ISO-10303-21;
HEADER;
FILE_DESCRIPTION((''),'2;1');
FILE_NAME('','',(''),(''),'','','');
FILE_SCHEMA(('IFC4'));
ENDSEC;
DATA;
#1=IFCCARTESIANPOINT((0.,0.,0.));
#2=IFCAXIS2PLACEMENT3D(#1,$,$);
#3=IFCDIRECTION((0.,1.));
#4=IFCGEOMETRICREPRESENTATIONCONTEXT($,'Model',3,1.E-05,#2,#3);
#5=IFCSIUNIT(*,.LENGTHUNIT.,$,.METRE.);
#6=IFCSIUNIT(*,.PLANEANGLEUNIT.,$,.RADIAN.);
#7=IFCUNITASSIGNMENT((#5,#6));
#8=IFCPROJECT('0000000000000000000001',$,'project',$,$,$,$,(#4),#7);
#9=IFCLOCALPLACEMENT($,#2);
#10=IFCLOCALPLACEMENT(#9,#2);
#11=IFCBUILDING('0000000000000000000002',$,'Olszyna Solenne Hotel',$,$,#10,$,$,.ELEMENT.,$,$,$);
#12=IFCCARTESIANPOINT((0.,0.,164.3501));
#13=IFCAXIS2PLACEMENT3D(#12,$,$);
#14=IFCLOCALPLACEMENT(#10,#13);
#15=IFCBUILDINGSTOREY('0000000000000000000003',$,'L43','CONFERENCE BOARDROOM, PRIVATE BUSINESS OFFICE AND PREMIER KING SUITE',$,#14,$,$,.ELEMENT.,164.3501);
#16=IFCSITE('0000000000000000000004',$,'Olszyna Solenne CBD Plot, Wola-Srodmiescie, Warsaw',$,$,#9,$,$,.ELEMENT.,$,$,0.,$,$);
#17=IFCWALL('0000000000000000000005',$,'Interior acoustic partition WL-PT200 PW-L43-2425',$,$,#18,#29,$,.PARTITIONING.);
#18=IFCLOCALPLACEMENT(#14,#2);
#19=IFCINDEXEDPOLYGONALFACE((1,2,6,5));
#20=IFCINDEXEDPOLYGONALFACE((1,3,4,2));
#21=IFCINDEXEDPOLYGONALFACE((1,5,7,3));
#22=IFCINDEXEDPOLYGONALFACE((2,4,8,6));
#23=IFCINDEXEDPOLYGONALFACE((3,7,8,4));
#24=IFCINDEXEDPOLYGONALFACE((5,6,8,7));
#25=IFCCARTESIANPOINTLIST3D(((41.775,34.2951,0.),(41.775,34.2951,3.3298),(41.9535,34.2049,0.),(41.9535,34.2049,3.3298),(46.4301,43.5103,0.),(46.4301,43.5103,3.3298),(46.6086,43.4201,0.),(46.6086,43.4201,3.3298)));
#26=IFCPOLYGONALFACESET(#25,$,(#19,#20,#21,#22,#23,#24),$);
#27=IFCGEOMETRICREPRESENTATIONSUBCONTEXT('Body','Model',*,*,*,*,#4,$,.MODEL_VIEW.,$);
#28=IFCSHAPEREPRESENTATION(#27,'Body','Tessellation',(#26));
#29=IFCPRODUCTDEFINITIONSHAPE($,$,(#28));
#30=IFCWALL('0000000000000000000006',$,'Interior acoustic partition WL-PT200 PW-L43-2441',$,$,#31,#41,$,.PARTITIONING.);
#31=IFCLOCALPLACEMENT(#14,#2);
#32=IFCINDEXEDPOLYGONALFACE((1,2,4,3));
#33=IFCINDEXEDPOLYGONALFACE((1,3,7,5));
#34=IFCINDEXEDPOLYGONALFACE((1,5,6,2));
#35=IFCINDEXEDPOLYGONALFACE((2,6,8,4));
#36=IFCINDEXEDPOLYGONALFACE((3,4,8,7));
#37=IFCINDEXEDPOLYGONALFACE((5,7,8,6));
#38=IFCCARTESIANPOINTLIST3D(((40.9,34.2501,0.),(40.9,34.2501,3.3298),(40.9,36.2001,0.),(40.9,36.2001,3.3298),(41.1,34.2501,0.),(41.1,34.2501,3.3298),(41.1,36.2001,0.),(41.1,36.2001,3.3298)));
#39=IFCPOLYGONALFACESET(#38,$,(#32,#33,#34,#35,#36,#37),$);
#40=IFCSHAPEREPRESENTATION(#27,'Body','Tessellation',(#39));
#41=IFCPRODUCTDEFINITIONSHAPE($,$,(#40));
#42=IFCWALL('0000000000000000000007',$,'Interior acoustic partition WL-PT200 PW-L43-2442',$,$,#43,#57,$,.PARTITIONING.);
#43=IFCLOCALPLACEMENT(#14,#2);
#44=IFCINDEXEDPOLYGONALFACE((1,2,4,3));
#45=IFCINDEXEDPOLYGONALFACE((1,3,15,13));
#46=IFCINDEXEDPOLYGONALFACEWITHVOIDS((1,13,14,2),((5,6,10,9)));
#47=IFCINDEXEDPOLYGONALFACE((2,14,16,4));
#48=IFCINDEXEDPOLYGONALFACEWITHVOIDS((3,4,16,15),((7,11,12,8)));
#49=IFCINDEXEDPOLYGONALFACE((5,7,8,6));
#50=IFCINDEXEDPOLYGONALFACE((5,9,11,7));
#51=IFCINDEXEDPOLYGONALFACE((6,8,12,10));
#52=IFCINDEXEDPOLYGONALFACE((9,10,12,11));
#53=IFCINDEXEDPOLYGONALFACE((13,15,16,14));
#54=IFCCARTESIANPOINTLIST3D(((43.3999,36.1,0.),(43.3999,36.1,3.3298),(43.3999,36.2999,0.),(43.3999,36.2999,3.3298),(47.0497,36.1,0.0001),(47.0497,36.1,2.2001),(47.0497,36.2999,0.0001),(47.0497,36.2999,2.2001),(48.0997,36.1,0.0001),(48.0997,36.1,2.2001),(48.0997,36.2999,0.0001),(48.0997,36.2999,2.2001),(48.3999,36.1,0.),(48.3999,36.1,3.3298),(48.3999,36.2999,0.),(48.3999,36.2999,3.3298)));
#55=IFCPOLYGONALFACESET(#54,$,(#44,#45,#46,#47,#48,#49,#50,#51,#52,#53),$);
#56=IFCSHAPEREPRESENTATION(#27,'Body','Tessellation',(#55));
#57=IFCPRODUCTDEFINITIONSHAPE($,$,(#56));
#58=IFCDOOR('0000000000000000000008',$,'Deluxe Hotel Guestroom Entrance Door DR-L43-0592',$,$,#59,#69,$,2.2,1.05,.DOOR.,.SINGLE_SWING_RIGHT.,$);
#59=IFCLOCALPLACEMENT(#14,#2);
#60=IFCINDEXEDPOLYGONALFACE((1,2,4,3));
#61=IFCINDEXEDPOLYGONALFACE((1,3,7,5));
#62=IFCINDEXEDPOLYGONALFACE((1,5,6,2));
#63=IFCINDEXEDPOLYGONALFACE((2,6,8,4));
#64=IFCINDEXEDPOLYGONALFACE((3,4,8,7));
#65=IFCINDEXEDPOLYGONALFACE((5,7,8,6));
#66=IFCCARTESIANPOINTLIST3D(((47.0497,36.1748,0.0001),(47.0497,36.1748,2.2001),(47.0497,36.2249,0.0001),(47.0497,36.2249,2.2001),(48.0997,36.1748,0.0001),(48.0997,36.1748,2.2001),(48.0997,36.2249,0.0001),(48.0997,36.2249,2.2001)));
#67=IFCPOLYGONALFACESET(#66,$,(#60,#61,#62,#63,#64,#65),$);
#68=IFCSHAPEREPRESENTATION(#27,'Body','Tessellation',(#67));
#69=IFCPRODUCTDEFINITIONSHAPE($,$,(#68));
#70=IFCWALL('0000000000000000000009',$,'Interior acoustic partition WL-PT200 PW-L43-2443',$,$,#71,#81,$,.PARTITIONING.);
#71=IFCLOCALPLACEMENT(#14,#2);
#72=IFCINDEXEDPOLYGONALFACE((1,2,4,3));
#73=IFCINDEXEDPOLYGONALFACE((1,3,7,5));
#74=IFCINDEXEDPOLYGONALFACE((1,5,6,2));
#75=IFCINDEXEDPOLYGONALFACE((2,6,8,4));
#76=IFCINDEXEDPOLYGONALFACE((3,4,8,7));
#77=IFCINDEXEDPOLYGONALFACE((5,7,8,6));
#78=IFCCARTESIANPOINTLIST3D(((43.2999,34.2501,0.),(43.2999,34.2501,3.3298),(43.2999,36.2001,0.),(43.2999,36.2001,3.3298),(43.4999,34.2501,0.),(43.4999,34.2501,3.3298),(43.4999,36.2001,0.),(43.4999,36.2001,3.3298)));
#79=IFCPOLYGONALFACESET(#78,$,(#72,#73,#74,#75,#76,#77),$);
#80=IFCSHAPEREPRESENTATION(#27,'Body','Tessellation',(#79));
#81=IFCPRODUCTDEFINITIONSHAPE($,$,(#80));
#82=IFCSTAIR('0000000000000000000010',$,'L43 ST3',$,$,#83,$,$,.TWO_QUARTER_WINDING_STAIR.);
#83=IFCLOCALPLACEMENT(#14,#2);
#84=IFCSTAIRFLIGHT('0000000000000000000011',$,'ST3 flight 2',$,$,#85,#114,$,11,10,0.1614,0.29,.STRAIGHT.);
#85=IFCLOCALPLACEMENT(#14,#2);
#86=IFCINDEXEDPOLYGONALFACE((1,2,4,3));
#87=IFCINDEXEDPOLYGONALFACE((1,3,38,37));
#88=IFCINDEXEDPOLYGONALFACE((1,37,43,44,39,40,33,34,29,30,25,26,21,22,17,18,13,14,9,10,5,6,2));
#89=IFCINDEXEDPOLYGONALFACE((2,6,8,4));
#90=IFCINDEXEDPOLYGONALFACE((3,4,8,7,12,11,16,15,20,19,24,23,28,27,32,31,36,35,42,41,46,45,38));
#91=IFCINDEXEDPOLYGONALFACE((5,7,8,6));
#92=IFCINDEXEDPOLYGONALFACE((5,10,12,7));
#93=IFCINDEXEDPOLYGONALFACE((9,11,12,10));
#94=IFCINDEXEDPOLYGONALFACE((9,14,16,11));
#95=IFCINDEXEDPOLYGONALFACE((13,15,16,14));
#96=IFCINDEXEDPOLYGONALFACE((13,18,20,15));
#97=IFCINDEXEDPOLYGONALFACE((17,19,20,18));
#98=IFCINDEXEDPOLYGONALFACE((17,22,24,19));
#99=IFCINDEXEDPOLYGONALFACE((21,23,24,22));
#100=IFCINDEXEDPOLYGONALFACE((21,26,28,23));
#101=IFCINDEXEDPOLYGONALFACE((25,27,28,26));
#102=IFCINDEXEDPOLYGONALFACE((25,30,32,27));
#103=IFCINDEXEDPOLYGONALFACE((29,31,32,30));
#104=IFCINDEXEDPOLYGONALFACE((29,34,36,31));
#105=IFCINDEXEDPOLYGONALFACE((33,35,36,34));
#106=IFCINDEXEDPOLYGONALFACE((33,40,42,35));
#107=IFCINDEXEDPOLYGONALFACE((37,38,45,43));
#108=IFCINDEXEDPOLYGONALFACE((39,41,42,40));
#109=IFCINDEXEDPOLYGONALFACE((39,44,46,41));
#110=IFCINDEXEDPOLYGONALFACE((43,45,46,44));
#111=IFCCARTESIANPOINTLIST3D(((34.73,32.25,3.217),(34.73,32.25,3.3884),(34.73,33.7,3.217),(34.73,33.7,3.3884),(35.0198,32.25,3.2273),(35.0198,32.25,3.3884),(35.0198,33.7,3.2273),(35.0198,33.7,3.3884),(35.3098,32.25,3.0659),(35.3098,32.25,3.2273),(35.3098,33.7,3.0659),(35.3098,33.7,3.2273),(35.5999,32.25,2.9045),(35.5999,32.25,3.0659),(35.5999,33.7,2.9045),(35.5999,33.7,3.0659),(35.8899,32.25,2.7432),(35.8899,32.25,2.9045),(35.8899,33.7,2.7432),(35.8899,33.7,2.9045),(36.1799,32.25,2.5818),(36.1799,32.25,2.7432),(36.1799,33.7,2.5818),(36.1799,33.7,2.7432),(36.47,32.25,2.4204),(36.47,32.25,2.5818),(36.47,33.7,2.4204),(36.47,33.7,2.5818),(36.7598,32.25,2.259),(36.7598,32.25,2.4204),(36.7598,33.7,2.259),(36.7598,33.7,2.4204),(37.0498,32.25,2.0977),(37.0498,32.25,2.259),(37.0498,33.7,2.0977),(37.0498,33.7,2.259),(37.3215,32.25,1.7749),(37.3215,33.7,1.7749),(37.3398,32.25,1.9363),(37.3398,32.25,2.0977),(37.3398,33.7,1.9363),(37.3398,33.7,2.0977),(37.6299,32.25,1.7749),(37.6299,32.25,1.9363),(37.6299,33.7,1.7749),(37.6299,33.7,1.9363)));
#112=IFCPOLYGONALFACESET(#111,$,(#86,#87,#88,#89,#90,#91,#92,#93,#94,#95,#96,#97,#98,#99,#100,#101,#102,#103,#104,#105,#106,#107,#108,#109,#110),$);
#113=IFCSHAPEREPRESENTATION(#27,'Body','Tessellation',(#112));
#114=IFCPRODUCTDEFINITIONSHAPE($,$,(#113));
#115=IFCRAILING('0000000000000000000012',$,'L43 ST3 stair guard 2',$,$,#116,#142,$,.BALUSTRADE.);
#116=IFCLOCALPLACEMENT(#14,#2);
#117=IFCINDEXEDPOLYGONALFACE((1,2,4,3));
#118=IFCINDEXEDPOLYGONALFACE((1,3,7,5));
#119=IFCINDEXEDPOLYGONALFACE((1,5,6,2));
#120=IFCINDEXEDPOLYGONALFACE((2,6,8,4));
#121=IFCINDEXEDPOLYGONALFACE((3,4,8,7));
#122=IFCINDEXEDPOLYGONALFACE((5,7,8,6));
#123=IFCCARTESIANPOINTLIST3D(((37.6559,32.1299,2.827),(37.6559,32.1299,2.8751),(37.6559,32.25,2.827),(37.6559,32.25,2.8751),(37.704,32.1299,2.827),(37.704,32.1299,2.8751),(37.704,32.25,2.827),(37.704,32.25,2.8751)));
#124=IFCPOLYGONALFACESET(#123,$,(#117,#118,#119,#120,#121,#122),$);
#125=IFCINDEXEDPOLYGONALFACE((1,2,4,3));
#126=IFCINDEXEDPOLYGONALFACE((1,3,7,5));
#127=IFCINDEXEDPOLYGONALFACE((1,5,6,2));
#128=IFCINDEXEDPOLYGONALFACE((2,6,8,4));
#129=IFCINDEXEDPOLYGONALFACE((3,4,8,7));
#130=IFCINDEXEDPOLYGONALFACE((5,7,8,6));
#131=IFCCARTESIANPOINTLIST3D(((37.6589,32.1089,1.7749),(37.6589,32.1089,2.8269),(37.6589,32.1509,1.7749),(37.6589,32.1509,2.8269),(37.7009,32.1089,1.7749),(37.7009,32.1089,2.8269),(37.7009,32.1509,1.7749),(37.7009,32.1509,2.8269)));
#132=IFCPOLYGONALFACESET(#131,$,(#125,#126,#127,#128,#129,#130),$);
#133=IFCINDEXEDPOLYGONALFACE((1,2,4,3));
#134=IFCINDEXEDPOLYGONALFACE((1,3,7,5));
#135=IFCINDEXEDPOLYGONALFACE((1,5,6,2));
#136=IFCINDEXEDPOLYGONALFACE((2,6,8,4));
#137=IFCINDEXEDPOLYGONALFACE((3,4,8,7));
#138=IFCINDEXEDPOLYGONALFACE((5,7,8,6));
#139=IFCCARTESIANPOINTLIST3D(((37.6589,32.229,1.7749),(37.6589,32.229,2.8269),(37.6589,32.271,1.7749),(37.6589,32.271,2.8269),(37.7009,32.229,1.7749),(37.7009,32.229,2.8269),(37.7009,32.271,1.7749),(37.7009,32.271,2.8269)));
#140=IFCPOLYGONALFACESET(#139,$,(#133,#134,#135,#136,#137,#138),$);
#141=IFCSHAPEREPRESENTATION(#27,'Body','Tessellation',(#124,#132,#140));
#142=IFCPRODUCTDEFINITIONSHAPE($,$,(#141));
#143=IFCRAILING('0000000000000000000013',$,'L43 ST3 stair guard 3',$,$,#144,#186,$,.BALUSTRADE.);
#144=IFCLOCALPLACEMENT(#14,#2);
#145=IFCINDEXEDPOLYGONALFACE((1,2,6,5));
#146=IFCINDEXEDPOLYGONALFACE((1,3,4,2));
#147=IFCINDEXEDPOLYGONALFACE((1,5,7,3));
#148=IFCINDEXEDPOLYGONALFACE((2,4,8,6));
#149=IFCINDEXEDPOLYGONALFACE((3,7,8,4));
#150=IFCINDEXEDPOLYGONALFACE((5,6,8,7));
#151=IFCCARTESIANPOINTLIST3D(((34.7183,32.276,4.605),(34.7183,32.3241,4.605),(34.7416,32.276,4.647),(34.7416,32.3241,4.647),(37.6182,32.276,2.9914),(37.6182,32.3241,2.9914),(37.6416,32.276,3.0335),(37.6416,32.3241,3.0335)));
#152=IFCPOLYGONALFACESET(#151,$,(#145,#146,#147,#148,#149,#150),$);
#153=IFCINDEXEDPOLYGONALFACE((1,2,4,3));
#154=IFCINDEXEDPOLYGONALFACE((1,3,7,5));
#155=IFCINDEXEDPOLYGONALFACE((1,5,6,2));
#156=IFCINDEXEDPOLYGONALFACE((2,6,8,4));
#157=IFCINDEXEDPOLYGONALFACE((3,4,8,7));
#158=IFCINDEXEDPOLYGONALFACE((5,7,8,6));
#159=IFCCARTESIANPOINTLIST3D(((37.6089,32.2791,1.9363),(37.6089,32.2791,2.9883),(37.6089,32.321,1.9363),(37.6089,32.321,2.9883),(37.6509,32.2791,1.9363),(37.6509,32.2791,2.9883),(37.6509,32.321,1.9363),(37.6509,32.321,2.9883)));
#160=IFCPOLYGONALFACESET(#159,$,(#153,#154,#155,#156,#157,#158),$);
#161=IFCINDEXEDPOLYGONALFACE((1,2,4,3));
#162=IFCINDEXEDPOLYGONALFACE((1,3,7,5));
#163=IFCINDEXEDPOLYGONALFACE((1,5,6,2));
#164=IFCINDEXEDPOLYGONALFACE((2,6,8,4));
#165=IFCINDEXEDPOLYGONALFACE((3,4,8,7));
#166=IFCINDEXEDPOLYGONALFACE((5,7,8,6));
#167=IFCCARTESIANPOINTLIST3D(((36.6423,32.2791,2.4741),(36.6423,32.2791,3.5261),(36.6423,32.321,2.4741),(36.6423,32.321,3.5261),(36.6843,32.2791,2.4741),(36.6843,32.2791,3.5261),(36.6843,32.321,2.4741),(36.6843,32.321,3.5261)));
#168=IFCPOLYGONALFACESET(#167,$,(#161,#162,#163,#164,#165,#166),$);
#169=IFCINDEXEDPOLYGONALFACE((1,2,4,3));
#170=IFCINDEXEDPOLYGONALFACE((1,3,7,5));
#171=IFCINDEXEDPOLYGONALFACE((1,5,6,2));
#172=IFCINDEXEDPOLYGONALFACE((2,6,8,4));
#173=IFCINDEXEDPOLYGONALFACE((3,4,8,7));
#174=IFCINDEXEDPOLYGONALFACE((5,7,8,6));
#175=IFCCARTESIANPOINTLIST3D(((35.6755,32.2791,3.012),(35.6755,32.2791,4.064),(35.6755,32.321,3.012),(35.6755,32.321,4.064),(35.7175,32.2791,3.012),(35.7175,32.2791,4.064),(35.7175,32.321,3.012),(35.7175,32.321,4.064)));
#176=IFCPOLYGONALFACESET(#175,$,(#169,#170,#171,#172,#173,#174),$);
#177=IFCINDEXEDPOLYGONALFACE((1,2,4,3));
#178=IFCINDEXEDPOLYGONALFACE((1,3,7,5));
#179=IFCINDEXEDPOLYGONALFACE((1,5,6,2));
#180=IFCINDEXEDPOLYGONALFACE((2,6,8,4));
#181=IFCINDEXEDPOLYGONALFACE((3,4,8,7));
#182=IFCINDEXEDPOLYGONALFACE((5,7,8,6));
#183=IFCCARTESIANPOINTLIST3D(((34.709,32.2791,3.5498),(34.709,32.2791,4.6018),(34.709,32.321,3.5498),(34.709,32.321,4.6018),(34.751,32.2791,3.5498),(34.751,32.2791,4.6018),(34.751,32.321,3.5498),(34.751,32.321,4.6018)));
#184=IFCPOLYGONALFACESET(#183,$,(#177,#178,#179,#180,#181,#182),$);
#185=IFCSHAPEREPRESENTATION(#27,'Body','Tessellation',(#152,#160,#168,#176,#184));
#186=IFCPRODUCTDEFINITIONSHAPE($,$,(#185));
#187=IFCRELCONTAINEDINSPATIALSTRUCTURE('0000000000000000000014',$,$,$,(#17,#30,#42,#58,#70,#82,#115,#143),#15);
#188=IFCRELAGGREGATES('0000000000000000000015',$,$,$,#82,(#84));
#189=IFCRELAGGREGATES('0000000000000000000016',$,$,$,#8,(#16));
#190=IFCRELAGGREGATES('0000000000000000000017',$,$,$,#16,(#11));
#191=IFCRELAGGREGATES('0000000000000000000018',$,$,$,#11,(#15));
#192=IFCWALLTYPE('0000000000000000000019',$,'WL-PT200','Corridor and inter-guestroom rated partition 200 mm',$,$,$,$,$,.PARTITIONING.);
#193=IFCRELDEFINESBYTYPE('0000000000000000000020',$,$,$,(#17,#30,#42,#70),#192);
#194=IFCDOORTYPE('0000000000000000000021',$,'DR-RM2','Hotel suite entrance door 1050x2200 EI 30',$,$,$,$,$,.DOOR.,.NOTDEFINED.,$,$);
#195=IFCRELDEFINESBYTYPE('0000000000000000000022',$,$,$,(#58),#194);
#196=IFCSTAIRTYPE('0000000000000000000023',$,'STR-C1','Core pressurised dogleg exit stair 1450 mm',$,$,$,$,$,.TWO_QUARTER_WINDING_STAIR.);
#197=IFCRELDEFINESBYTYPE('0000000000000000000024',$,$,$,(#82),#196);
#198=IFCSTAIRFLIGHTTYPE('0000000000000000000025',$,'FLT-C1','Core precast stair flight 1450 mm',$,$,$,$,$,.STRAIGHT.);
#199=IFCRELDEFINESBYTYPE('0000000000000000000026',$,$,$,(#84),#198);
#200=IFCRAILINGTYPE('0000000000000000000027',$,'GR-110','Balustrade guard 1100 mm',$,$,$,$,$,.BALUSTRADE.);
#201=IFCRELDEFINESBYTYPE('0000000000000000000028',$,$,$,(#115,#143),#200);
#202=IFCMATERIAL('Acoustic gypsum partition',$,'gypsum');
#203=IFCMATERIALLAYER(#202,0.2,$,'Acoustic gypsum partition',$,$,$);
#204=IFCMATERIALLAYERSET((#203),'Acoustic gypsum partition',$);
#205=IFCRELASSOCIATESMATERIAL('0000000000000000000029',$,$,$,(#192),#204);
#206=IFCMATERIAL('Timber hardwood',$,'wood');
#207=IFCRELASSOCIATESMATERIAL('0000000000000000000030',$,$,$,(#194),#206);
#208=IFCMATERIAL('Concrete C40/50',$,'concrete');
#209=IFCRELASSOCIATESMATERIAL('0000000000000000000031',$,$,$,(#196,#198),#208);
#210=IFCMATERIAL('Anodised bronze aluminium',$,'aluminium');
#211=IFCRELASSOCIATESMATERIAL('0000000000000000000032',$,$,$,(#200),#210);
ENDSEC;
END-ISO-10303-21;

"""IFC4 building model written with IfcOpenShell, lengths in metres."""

from ifc_helpers import new_model, si_unit, direction, frame, frame_2d, origin, origin_2d, place, context, subcontext, project, spatial, polyline, rectangle, outline, extrude, source, transform, mapped, material, layer, layer_set, type_object, type_shapes, element, fill, aggregate, save


model = new_model("IFC4")

# Units and contexts
model_context = context("Model", 3, precision=1e-05, world=origin(), true_north=direction((0.0, 1.0)))
body_context = subcontext(model_context, "Body", "Model", "MODEL_VIEW")
ifc_project = project(units=[si_unit("LENGTHUNIT", "METRE"), si_unit("PLANEANGLEUNIT", "RADIAN")], contexts=[model_context])

# Site, building, storey
site_placement = place(None, origin())
site = spatial("IfcSite", under=ifc_project, at=site_placement, Name="Olszyna Solenne CBD Plot, Wola-Srodmiescie, Warsaw", CompositionType="ELEMENT", RefElevation=0.0)
building_placement = place(site_placement, origin())
building = spatial("IfcBuilding", under=site, at=building_placement, Name="Olszyna Solenne Hotel", CompositionType="ELEMENT")
storey_placement = place(building_placement, frame((0.0, 0.0, 164.3501)))
storey = spatial("IfcBuildingStorey", under=building, at=storey_placement, Name="L43", Description="CONFERENCE BOARDROOM, PRIVATE BUSINESS OFFICE AND PREMIER KING SUITE", CompositionType="ELEMENT", Elevation=164.3501)

# Shared definitions
ifc_material_1 = material(Name="Anodised bronze aluminium", Category="aluminium")

# Shared definitions
ifc_material_2 = material(Name="Acoustic gypsum partition", Category="gypsum")

# Shared definitions
ifc_material_3 = material(Name="Timber hardwood", Category="wood")

# Walls
ifc_layer_1 = layer(ifc_material_2, 0.2, Name="Acoustic gypsum partition")
ifc_layer_set_1 = layer_set([ifc_layer_1], Name="Acoustic gypsum partition")
wall_type_1 = type_object("IfcWallType", Name="WL-PT200", Description="Corridor and inter-guestroom rated partition 200 mm", PredefinedType="PARTITIONING", material=ifc_layer_set_1)
wall_1_placement = place(storey_placement, frame((41.8643, 34.25, 0.0), z_axis=(0.0, 0.0, 1.0), x_axis=(0.450889, 0.89258, 0.0)))
element("IfcWall", 1, at=wall_1_placement, inside=storey, type_object=wall_type_1, Name="Interior acoustic partition WL-PT200 PW-L43-2425", PredefinedType="PARTITIONING", context=body_context, shape_type="SweptSolid", body=[
    extrude(rectangle(XDim=10.3242, YDim=0.2, at=frame_2d((5.1621, 0.0))), origin(), (0.0, 0.0, 1.0), 3.3298),
])
wall_2_placement = place(storey_placement, frame((41.0, 34.25, 0.0), z_axis=(0.0, 0.0, 1.0), x_axis=(0.0, 1.0, 0.0)))
element("IfcWall", 2, at=wall_2_placement, inside=storey, type_object=wall_type_1, Name="Interior acoustic partition WL-PT200 PW-L43-2441", PredefinedType="PARTITIONING", context=body_context, shape_type="SweptSolid", body=[
    extrude(rectangle(XDim=1.95, YDim=0.2, at=frame_2d((0.9751, 0.0))), origin(), (0.0, 0.0, 1.0), 3.3298),
])

# Wall, opening, door
wall_3_placement = place(storey_placement, frame((43.3999, 36.2, 0.0), z_axis=(0.0, 0.0, 1.0), x_axis=(1.0, 0.0, 0.0)))
wall_3 = element("IfcWall", 3, at=wall_3_placement, inside=storey, type_object=wall_type_1, Name="Interior acoustic partition WL-PT200 PW-L43-2442", PredefinedType="PARTITIONING", context=body_context, shape_type="SweptSolid", body=[
    extrude(rectangle(XDim=5.0, YDim=0.2, at=frame_2d((2.5, 0.0))), origin(), (0.0, 0.0, 1.0), 3.3298),
])
opening_1_placement = place(wall_3_placement, frame((3.6499, 0.0, 0.0)))
opening_1 = element("IfcOpeningElement", 4, at=opening_1_placement, cuts=wall_3, PredefinedType="OPENING", context=body_context, shape_type="SweptSolid", body=[
    extrude(rectangle(XDim=1.05, YDim=2.2, at=frame_2d((0.5249, 1.1001))), frame((0.0, 0.1099, 0.0), z_axis=(0.0, -1.0, 0.0), x_axis=(1.0, 0.0, 0.0)), (0.0, 0.0, 1.0), 0.22),
])
door_type_1 = type_object("IfcDoorType", Name="DR-RM2", Description="Hotel suite entrance door 1050x2200 EI 30", OperationType="NOTDEFINED", PredefinedType="DOOR", material=ifc_material_3)
shared_shape_1 = source(origin(), body_context, "Body", "SweptSolid", [
    extrude(rectangle(XDim=1.05, YDim=2.2, at=frame_2d((0.5249, 1.1001))), frame((0.0, 0.0249, 0.0), z_axis=(0.0, -1.0, 0.0), x_axis=(1.0, 0.0, 0.0)), (0.0, 0.0, 1.0), 0.05),
])
type_shapes(door_type_1, [shared_shape_1])
door_1_placement = place(opening_1_placement, origin())
door_1 = element("IfcDoor", 5, at=door_1_placement, inside=storey, type_object=door_type_1, Name="Deluxe Hotel Guestroom Entrance Door DR-L43-0592", OperationType="SINGLE_SWING_RIGHT", OverallHeight=2.2, OverallWidth=1.05, PredefinedType="DOOR", context=body_context, shape_type="MappedRepresentation", body=[
    mapped(shared_shape_1, transform((0.0, 0.0, 0.0), x_axis=(1.0, 0.0, 0.0), y_axis=(0.0, 1.0, 0.0), z_axis=(0.0, 0.0, 1.0), scale=1.0)),
])
fill(opening_1, door_1)

# Wall
wall_4_placement = place(storey_placement, frame((43.3999, 34.25, 0.0), z_axis=(0.0, 0.0, 1.0), x_axis=(0.0, 1.0, 0.0)))
element("IfcWall", 6, at=wall_4_placement, inside=storey, type_object=wall_type_1, Name="Interior acoustic partition WL-PT200 PW-L43-2443", PredefinedType="PARTITIONING", context=body_context, shape_type="SweptSolid", body=[
    extrude(rectangle(XDim=1.95, YDim=0.2, at=frame_2d((0.9751, 0.0))), origin(), (0.0, 0.0, 1.0), 3.3298),
])

# Stair, stair flight
ifc_material_4 = material(Name="Concrete C40/50", Category="concrete")
stair_type = type_object("IfcStairType", Name="STR-C1", Description="Core pressurised dogleg exit stair 1450 mm", PredefinedType="TWO_QUARTER_WINDING_STAIR", material=ifc_material_4)
stair_placement = place(storey_placement, origin())
stair = element("IfcStair", 7, at=stair_placement, inside=storey, type_object=stair_type, Name="L43 ST3", PredefinedType="TWO_QUARTER_WINDING_STAIR")
stair_flight_type = type_object("IfcStairFlightType", Name="FLT-C1", Description="Core precast stair flight 1450 mm", PredefinedType="STRAIGHT", material=ifc_material_4)
stair_flight_placement = place(storey_placement, frame((37.6299, 32.9751, 1.7749), z_axis=(0.0, 0.0, 1.0), x_axis=(-1.0, 0.0, 0.0)))
stair_flight = element("IfcStairFlight", 8, at=stair_flight_placement, type_object=stair_flight_type, Name="ST3 flight 2", NumberOfRisers=11, NumberOfTreads=10, PredefinedType="STRAIGHT", RiserHeight=0.1614, TreadLength=0.29, context=body_context, shape_type="SweptSolid", body=[
    extrude(outline(polyline([(0.0, 0.0), (0.0, 0.1614), (0.29, 0.1614), (0.29, 0.3228), (0.5801, 0.3228), (0.5801, 0.4841), (0.8701, 0.4841), (0.8701, 0.6455), (1.1599, 0.6455), (1.1599, 0.8069), (1.45, 0.8069), (1.45, 0.9683), (1.74, 0.9683), (1.74, 1.1296), (2.03, 1.1296), (2.03, 1.291), (2.3201, 1.291), (2.3201, 1.4524), (2.6101, 1.4524), (2.6101, 1.6135), (2.8999, 1.6135), (2.8999, 1.7749), (2.8999, 1.4421), (0.3083, 0.0), (0.0, 0.0)])), frame((0.0, 0.7251, 0.0), z_axis=(0.0, -1.0, 0.0), x_axis=(1.0, 0.0, 0.0)), (0.0, 0.0, 1.0), 1.45),
])
aggregate(stair, [stair_flight])

# Railings
railing_type_1 = type_object("IfcRailingType", Name="GR-110", Description="Balustrade guard 1100 mm", PredefinedType="BALUSTRADE", material=ifc_material_1)
railing_1_placement = place(storey_placement, frame((37.6799, 32.1299, 1.7749)))
element("IfcRailing", 9, at=railing_1_placement, inside=storey, type_object=railing_type_1, Name="L43 ST3 stair guard 2", PredefinedType="BALUSTRADE", context=body_context, shape_type="SweptSolid", body=[
    extrude(rectangle(XDim=0.0481, YDim=0.0481, at=origin_2d()), frame((0.0, 0.0, 1.0762), z_axis=(0.0, 1.0, 0.0), x_axis=(-1.0, 0.0, 0.0)), (0.0, 0.0, 1.0), 0.1201),
    extrude(rectangle(XDim=0.042, YDim=0.042, at=origin_2d()), origin(), (0.0, 0.0, 1.0), 1.052),
    extrude(rectangle(XDim=0.042, YDim=0.042, at=origin_2d()), frame((0.0, 0.1201, 0.0)), (0.0, 0.0, 1.0), 1.052),
])
railing_2_placement = place(storey_placement, frame((37.6299, 32.3, 1.9363)))
element("IfcRailing", 10, at=railing_2_placement, inside=storey, type_object=railing_type_1, Name="L43 ST3 stair guard 3", PredefinedType="BALUSTRADE", context=body_context, shape_type="SweptSolid", body=[
    extrude(rectangle(XDim=0.0481, YDim=0.0481, at=origin_2d()), frame((0.0, 0.0, 1.0762), z_axis=(-0.873841, 0.0, 0.486211), x_axis=(0.0, -1.0, 0.0)), (0.0, 0.0, 1.0), 3.3186),
    extrude(rectangle(XDim=0.042, YDim=0.042, at=origin_2d()), origin(), (0.0, 0.0, 1.0), 1.052),
    extrude(rectangle(XDim=0.042, YDim=0.042, at=origin_2d()), frame((-0.9666, 0.0, 0.5378)), (0.0, 0.0, 1.0), 1.052),
    extrude(rectangle(XDim=0.042, YDim=0.042, at=origin_2d()), frame((-1.9333, 0.0, 1.0757)), (0.0, 0.0, 1.0), 1.052),
    extrude(rectangle(XDim=0.042, YDim=0.042, at=origin_2d()), frame((-2.8999, 0.0, 1.6135)), (0.0, 0.0, 1.0), 1.052),
])

save(model, "model.ifc")
